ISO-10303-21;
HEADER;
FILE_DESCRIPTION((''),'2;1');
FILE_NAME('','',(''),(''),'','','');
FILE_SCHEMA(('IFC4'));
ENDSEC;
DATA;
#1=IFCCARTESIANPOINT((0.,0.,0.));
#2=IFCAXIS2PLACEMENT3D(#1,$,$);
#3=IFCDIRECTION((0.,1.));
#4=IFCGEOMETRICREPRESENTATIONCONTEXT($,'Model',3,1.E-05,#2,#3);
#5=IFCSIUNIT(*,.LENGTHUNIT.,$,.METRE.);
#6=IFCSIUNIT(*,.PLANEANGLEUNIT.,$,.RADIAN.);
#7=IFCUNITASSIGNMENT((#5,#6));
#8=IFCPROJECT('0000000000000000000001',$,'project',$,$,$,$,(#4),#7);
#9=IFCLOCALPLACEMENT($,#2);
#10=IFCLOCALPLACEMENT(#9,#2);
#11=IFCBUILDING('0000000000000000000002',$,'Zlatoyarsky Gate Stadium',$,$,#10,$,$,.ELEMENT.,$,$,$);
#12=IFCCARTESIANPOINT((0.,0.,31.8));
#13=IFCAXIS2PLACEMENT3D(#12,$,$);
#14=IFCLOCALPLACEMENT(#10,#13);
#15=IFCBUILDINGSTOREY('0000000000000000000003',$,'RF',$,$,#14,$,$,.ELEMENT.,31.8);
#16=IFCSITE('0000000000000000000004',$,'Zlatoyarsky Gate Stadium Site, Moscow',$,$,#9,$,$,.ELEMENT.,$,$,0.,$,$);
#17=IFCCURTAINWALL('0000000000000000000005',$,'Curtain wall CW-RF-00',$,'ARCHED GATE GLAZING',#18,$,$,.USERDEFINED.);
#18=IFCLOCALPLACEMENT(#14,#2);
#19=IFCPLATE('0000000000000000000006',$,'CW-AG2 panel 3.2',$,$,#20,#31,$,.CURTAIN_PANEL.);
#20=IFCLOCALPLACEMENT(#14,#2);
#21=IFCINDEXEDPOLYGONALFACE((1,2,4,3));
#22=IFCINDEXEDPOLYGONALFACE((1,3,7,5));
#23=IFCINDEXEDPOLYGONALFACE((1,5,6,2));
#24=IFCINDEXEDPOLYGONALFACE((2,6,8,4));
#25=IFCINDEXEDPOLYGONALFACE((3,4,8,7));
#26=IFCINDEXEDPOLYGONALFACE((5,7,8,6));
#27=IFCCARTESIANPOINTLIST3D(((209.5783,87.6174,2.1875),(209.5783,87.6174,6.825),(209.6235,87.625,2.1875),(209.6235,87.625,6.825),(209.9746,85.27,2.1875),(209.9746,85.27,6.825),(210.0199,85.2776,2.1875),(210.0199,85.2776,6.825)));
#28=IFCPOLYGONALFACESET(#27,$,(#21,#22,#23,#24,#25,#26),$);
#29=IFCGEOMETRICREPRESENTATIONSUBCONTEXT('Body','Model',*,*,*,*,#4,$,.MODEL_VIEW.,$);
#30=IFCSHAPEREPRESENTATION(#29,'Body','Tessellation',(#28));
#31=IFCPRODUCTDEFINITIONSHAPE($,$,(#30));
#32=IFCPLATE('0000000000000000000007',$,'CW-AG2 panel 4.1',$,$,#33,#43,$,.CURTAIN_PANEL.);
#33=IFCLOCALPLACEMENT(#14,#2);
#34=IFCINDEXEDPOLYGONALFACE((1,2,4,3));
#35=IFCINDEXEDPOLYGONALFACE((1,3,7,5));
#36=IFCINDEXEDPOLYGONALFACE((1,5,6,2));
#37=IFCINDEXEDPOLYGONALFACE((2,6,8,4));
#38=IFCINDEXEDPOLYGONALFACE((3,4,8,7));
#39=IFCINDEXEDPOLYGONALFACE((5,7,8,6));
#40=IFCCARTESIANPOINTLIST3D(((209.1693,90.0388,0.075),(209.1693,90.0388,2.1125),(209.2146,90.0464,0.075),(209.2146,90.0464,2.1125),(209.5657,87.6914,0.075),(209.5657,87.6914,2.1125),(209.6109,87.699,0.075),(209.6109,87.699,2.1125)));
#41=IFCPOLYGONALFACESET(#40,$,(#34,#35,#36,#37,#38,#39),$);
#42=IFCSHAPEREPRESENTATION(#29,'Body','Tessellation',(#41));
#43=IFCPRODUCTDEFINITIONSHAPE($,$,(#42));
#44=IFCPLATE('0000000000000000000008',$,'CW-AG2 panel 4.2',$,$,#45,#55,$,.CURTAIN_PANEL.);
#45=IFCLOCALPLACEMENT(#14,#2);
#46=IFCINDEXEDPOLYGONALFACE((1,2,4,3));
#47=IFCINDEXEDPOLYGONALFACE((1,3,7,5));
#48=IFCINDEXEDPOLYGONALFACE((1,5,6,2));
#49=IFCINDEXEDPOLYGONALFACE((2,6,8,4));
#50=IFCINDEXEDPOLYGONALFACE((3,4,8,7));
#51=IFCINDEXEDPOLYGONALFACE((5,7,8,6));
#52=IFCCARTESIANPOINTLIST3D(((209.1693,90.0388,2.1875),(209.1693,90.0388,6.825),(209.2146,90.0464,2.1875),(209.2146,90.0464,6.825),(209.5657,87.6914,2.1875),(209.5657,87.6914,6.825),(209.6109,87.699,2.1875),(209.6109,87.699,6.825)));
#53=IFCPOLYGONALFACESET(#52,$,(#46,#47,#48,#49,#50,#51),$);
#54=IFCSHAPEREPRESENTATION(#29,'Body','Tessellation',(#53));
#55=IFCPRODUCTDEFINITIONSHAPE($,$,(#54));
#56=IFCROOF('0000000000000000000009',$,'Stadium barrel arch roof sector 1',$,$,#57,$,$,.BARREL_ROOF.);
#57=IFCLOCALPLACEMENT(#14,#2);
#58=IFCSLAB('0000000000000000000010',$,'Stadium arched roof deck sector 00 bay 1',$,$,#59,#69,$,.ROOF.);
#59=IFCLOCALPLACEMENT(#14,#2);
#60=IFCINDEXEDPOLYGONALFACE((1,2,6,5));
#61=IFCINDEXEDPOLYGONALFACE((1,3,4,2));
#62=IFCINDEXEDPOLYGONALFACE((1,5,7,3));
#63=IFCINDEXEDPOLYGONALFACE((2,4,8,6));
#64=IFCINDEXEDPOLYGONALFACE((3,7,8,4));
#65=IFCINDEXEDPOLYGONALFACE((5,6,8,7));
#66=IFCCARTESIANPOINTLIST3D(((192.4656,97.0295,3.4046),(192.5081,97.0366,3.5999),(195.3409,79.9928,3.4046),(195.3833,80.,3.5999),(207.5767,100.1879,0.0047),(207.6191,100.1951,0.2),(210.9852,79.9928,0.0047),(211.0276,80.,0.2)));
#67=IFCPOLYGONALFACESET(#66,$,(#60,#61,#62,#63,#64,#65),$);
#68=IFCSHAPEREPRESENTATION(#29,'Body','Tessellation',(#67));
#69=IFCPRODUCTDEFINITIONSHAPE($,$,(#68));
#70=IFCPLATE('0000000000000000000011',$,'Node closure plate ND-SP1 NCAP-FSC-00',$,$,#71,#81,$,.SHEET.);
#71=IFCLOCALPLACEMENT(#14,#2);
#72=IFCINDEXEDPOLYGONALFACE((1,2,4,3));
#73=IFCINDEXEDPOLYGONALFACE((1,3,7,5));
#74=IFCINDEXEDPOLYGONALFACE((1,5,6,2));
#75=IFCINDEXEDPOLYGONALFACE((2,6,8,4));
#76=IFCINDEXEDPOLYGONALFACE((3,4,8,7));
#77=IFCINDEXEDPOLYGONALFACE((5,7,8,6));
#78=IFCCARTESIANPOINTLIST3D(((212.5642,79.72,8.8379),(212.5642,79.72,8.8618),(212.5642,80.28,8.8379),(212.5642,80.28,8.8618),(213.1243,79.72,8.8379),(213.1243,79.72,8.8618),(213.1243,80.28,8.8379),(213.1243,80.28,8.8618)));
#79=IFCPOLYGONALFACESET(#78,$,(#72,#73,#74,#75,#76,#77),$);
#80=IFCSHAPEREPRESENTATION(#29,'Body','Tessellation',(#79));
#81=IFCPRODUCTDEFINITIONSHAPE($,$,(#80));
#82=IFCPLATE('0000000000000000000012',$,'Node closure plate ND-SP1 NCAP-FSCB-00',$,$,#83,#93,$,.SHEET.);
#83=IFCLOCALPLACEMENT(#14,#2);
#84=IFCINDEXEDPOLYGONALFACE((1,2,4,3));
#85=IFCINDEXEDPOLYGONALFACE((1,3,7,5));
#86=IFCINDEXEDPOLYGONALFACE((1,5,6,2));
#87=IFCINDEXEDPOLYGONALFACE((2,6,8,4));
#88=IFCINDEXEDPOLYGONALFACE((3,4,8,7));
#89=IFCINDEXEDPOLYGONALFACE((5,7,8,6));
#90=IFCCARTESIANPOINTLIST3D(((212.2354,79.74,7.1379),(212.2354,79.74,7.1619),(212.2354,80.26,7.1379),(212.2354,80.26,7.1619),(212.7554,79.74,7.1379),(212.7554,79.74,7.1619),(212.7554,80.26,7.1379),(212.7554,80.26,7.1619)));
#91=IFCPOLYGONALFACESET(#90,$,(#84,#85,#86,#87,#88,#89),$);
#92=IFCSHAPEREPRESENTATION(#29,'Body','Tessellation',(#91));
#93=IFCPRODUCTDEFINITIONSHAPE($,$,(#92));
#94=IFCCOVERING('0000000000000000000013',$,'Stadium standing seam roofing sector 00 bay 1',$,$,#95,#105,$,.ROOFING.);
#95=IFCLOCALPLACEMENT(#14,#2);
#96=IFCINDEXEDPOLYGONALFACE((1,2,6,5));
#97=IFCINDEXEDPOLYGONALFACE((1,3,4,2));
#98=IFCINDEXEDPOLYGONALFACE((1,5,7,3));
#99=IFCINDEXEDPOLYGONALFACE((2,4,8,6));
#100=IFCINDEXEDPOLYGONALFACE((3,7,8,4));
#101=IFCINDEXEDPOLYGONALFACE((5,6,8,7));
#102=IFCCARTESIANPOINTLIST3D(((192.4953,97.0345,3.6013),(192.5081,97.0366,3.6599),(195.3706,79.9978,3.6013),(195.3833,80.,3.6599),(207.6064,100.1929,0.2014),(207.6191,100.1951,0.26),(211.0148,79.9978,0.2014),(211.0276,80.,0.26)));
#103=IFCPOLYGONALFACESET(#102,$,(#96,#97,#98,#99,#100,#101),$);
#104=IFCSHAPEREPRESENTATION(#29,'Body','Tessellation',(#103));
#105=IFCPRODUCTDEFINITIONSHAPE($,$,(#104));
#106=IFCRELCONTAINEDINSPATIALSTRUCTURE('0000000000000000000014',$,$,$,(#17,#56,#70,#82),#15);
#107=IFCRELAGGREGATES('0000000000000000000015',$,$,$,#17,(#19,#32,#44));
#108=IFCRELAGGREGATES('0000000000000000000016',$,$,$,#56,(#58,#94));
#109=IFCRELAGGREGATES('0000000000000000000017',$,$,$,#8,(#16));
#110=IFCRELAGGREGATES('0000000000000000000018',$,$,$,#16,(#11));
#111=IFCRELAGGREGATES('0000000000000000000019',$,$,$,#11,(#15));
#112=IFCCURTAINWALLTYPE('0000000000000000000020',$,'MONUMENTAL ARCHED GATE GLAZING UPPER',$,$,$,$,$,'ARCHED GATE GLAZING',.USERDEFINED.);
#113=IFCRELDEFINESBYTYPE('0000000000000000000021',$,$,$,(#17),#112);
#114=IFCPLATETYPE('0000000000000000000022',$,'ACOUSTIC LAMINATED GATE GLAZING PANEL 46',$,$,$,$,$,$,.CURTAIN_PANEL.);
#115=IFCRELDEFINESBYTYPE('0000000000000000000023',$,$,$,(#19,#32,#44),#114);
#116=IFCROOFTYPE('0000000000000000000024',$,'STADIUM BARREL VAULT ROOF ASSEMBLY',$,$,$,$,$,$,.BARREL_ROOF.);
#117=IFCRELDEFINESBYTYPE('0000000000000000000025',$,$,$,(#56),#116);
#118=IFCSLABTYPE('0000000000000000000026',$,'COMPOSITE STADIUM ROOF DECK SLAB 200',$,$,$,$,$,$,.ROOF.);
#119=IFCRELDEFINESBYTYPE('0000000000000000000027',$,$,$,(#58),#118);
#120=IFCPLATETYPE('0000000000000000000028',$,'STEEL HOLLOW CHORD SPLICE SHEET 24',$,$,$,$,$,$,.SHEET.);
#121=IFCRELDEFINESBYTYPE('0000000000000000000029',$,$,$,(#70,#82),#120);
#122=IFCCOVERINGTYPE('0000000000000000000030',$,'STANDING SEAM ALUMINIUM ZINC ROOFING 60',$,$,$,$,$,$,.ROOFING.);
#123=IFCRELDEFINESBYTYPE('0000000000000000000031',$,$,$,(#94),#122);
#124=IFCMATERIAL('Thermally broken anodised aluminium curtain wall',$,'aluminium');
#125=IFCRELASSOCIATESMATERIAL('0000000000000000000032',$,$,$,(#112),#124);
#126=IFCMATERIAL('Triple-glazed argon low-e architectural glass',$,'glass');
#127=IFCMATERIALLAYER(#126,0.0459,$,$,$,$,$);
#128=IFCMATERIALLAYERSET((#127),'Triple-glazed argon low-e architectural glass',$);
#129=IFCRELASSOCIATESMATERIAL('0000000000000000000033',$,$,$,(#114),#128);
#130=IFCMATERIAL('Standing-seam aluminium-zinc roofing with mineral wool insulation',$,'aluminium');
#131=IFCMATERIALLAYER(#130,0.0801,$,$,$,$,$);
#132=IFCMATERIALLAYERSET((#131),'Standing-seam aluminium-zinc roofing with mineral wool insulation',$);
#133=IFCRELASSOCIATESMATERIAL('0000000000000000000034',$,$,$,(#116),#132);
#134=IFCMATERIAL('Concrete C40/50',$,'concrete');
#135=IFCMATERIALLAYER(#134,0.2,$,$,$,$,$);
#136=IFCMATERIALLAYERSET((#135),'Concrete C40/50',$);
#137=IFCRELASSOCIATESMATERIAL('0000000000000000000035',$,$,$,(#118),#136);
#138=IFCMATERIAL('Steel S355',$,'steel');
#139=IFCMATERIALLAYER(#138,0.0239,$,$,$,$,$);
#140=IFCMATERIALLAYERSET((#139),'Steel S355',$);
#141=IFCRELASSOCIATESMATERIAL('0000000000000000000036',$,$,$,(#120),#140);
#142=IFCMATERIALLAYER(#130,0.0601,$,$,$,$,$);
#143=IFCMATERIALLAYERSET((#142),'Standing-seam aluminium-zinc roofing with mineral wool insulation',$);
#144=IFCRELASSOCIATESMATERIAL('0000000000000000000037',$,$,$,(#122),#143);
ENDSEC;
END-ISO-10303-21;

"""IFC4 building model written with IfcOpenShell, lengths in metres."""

from ifc_helpers import new_model, si_unit, direction, frame, origin, origin_2d, place, context, subcontext, project, spatial, polyline, rectangle, outline, extrude, material, layer, layer_set, type_object, element, aggregate, save


model = new_model("IFC4")

# Units and contexts
model_context = context("Model", 3, precision=1e-05, world=origin(), true_north=direction((0.0, 1.0)))
body_context = subcontext(model_context, "Body", "Model", "MODEL_VIEW")
ifc_project = project(units=[si_unit("LENGTHUNIT", "METRE"), si_unit("PLANEANGLEUNIT", "RADIAN")], contexts=[model_context])

# Site, building, storey
site_placement = place(None, origin())
site = spatial("IfcSite", under=ifc_project, at=site_placement, Name="Zlatoyarsky Gate Stadium Site, Moscow", CompositionType="ELEMENT", RefElevation=0.0)
building_placement = place(site_placement, origin())
building = spatial("IfcBuilding", under=site, at=building_placement, Name="Zlatoyarsky Gate Stadium", CompositionType="ELEMENT")
storey_placement = place(building_placement, frame((0.0, 0.0, 31.8)))
storey = spatial("IfcBuildingStorey", under=building, at=storey_placement, Name="RF", CompositionType="ELEMENT", Elevation=31.8)

# Curtain wall
ifc_material_1 = material(Name="Thermally broken anodised aluminium curtain wall", Category="aluminium")
curtain_wall_type = type_object("IfcCurtainWallType", Name="MONUMENTAL ARCHED GATE GLAZING UPPER", ElementType="ARCHED GATE GLAZING", PredefinedType="USERDEFINED", material=ifc_material_1)
curtain_wall_placement = place(storey_placement, origin())
curtain_wall = element("IfcCurtainWall", 1, at=curtain_wall_placement, inside=storey, type_object=curtain_wall_type, Name="Curtain wall CW-RF-00", ObjectType="ARCHED GATE GLAZING", PredefinedType="USERDEFINED")

# Shared definitions
ifc_material_2 = material(Name="Steel S355", Category="steel")

# Plates
ifc_material_3 = material(Name="Triple-glazed argon low-e architectural glass", Category="glass")
ifc_layer_1 = layer(ifc_material_3, 0.0459)
ifc_layer_set_1 = layer_set([ifc_layer_1], Name="Triple-glazed argon low-e architectural glass")
plate_type_1 = type_object("IfcPlateType", Name="ACOUSTIC LAMINATED GATE GLAZING PANEL 46", PredefinedType="CURTAIN_PANEL", material=ifc_layer_set_1)
plate_1_placement = place(storey_placement, frame((209.7991, 86.4475, 2.1875), z_axis=(0.0, 0.0, 1.0), x_axis=(-0.166482, 0.986044, 0.0)))
plate_1 = element("IfcPlate", 2, at=plate_1_placement, type_object=plate_type_1, Name="CW-AG2 panel 3.2", PredefinedType="CURTAIN_PANEL", context=body_context, shape_type="SweptSolid", body=[
    extrude(rectangle(XDim=2.3806, YDim=0.0459, at=origin_2d()), origin(), (0.0, 0.0, 1.0), 4.6375),
])
plate_2_placement = place(storey_placement, frame((209.3901, 88.8689, 0.075), z_axis=(0.0, 0.0, 1.0), x_axis=(-0.166482, 0.986044, 0.0)))
plate_2 = element("IfcPlate", 3, at=plate_2_placement, type_object=plate_type_1, Name="CW-AG2 panel 4.1", PredefinedType="CURTAIN_PANEL", context=body_context, shape_type="SweptSolid", body=[
    extrude(rectangle(XDim=2.3806, YDim=0.0459, at=origin_2d()), origin(), (0.0, 0.0, 1.0), 2.0376),
])
plate_3_placement = place(storey_placement, frame((209.3901, 88.8689, 2.1875), z_axis=(0.0, 0.0, 1.0), x_axis=(-0.166482, 0.986044, 0.0)))
plate_3 = element("IfcPlate", 4, at=plate_3_placement, type_object=plate_type_1, Name="CW-AG2 panel 4.2", PredefinedType="CURTAIN_PANEL", context=body_context, shape_type="SweptSolid", body=[
    extrude(rectangle(XDim=2.3806, YDim=0.0459, at=origin_2d()), origin(), (0.0, 0.0, 1.0), 4.6375),
])
aggregate(curtain_wall, [plate_1, plate_2, plate_3])

# Roof, slab
ifc_material_4 = material(Name="Standing-seam aluminium-zinc roofing with mineral wool insulation", Category="aluminium")
ifc_layer_2 = layer(ifc_material_4, 0.0801)
ifc_layer_set_2 = layer_set([ifc_layer_2], Name="Standing-seam aluminium-zinc roofing with mineral wool insulation")
roof_type = type_object("IfcRoofType", Name="STADIUM BARREL VAULT ROOF ASSEMBLY", PredefinedType="BARREL_ROOF", material=ifc_layer_set_2)
roof_placement = place(storey_placement, origin())
roof = element("IfcRoof", 5, at=roof_placement, inside=storey, type_object=roof_type, Name="Stadium barrel arch roof sector 1", PredefinedType="BARREL_ROOF")
ifc_material_5 = material(Name="Concrete C40/50", Category="concrete")
ifc_layer_3 = layer(ifc_material_5, 0.2)
ifc_layer_set_3 = layer_set([ifc_layer_3], Name="Concrete C40/50")
slab_type = type_object("IfcSlabType", Name="COMPOSITE STADIUM ROOF DECK SLAB 200", PredefinedType="ROOF", material=ifc_layer_set_3)
slab_placement = place(storey_placement, frame((211.0276, 80.0, 0.2), z_axis=(0.212233, 0.035819, 0.976562), x_axis=(-0.166422, 0.986055, 0.000001)))
slab = element("IfcSlab", 6, at=slab_placement, type_object=slab_type, Name="Stadium arched roof deck sector 00 bay 1", PredefinedType="ROOF", context=body_context, shape_type="SweptSolid", body=[
    extrude(outline(polyline([(0.0, 0.0), (20.4807, 0.0), (19.8811, 15.7962), (2.6036, 15.7963), (0.0, 0.0)])), origin(), (0.0, 0.0, -1.0), 0.2),
])

# Plates
ifc_layer_4 = layer(ifc_material_2, 0.0239)
ifc_layer_set_4 = layer_set([ifc_layer_4], Name="Steel S355")
plate_type_2 = type_object("IfcPlateType", Name="STEEL HOLLOW CHORD SPLICE SHEET 24", PredefinedType="SHEET", material=ifc_layer_set_4)
plate_4_placement = place(storey_placement, frame((212.8442, 80.0, 8.8379), z_axis=(0.0, 0.0, 1.0), x_axis=(1.0, 0.0, 0.0)))
element("IfcPlate", 7, at=plate_4_placement, inside=storey, type_object=plate_type_2, Name="Node closure plate ND-SP1 NCAP-FSC-00", PredefinedType="SHEET", context=body_context, shape_type="SweptSolid", body=[
    extrude(rectangle(XDim=0.5601, YDim=0.5601, at=origin_2d()), origin(), (0.0, 0.0, 1.0), 0.0239),
])
plate_5_placement = place(storey_placement, frame((212.4954, 80.0, 7.1379), z_axis=(0.0, 0.0, 1.0), x_axis=(1.0, 0.0, 0.0)))
element("IfcPlate", 8, at=plate_5_placement, inside=storey, type_object=plate_type_2, Name="Node closure plate ND-SP1 NCAP-FSCB-00", PredefinedType="SHEET", context=body_context, shape_type="SweptSolid", body=[
    extrude(rectangle(XDim=0.52, YDim=0.52, at=origin_2d()), origin(), (0.0, 0.0, 1.0), 0.0239),
])

# Covering
ifc_layer_5 = layer(ifc_material_4, 0.0601)
ifc_layer_set_5 = layer_set([ifc_layer_5], Name="Standing-seam aluminium-zinc roofing with mineral wool insulation")
covering_type = type_object("IfcCoveringType", Name="STANDING SEAM ALUMINIUM ZINC ROOFING 60", PredefinedType="ROOFING", material=ifc_layer_set_5)
covering_placement = place(storey_placement, frame((211.0276, 80.0, 0.26), z_axis=(0.212233, 0.035819, 0.976562), x_axis=(-0.166422, 0.986055, 0.000001)))
covering = element("IfcCovering", 9, at=covering_placement, type_object=covering_type, Name="Stadium standing seam roofing sector 00 bay 1", PredefinedType="ROOFING", context=body_context, shape_type="SweptSolid", body=[
    extrude(outline(polyline([(0.0, 0.0), (20.4807, 0.0), (19.8811, 15.7962), (2.6036, 15.7963), (0.0, 0.0)])), origin(), (0.0, 0.0, -1.0), 0.0601),
])
aggregate(roof, [slab, covering])

save(model, "model.ifc")
